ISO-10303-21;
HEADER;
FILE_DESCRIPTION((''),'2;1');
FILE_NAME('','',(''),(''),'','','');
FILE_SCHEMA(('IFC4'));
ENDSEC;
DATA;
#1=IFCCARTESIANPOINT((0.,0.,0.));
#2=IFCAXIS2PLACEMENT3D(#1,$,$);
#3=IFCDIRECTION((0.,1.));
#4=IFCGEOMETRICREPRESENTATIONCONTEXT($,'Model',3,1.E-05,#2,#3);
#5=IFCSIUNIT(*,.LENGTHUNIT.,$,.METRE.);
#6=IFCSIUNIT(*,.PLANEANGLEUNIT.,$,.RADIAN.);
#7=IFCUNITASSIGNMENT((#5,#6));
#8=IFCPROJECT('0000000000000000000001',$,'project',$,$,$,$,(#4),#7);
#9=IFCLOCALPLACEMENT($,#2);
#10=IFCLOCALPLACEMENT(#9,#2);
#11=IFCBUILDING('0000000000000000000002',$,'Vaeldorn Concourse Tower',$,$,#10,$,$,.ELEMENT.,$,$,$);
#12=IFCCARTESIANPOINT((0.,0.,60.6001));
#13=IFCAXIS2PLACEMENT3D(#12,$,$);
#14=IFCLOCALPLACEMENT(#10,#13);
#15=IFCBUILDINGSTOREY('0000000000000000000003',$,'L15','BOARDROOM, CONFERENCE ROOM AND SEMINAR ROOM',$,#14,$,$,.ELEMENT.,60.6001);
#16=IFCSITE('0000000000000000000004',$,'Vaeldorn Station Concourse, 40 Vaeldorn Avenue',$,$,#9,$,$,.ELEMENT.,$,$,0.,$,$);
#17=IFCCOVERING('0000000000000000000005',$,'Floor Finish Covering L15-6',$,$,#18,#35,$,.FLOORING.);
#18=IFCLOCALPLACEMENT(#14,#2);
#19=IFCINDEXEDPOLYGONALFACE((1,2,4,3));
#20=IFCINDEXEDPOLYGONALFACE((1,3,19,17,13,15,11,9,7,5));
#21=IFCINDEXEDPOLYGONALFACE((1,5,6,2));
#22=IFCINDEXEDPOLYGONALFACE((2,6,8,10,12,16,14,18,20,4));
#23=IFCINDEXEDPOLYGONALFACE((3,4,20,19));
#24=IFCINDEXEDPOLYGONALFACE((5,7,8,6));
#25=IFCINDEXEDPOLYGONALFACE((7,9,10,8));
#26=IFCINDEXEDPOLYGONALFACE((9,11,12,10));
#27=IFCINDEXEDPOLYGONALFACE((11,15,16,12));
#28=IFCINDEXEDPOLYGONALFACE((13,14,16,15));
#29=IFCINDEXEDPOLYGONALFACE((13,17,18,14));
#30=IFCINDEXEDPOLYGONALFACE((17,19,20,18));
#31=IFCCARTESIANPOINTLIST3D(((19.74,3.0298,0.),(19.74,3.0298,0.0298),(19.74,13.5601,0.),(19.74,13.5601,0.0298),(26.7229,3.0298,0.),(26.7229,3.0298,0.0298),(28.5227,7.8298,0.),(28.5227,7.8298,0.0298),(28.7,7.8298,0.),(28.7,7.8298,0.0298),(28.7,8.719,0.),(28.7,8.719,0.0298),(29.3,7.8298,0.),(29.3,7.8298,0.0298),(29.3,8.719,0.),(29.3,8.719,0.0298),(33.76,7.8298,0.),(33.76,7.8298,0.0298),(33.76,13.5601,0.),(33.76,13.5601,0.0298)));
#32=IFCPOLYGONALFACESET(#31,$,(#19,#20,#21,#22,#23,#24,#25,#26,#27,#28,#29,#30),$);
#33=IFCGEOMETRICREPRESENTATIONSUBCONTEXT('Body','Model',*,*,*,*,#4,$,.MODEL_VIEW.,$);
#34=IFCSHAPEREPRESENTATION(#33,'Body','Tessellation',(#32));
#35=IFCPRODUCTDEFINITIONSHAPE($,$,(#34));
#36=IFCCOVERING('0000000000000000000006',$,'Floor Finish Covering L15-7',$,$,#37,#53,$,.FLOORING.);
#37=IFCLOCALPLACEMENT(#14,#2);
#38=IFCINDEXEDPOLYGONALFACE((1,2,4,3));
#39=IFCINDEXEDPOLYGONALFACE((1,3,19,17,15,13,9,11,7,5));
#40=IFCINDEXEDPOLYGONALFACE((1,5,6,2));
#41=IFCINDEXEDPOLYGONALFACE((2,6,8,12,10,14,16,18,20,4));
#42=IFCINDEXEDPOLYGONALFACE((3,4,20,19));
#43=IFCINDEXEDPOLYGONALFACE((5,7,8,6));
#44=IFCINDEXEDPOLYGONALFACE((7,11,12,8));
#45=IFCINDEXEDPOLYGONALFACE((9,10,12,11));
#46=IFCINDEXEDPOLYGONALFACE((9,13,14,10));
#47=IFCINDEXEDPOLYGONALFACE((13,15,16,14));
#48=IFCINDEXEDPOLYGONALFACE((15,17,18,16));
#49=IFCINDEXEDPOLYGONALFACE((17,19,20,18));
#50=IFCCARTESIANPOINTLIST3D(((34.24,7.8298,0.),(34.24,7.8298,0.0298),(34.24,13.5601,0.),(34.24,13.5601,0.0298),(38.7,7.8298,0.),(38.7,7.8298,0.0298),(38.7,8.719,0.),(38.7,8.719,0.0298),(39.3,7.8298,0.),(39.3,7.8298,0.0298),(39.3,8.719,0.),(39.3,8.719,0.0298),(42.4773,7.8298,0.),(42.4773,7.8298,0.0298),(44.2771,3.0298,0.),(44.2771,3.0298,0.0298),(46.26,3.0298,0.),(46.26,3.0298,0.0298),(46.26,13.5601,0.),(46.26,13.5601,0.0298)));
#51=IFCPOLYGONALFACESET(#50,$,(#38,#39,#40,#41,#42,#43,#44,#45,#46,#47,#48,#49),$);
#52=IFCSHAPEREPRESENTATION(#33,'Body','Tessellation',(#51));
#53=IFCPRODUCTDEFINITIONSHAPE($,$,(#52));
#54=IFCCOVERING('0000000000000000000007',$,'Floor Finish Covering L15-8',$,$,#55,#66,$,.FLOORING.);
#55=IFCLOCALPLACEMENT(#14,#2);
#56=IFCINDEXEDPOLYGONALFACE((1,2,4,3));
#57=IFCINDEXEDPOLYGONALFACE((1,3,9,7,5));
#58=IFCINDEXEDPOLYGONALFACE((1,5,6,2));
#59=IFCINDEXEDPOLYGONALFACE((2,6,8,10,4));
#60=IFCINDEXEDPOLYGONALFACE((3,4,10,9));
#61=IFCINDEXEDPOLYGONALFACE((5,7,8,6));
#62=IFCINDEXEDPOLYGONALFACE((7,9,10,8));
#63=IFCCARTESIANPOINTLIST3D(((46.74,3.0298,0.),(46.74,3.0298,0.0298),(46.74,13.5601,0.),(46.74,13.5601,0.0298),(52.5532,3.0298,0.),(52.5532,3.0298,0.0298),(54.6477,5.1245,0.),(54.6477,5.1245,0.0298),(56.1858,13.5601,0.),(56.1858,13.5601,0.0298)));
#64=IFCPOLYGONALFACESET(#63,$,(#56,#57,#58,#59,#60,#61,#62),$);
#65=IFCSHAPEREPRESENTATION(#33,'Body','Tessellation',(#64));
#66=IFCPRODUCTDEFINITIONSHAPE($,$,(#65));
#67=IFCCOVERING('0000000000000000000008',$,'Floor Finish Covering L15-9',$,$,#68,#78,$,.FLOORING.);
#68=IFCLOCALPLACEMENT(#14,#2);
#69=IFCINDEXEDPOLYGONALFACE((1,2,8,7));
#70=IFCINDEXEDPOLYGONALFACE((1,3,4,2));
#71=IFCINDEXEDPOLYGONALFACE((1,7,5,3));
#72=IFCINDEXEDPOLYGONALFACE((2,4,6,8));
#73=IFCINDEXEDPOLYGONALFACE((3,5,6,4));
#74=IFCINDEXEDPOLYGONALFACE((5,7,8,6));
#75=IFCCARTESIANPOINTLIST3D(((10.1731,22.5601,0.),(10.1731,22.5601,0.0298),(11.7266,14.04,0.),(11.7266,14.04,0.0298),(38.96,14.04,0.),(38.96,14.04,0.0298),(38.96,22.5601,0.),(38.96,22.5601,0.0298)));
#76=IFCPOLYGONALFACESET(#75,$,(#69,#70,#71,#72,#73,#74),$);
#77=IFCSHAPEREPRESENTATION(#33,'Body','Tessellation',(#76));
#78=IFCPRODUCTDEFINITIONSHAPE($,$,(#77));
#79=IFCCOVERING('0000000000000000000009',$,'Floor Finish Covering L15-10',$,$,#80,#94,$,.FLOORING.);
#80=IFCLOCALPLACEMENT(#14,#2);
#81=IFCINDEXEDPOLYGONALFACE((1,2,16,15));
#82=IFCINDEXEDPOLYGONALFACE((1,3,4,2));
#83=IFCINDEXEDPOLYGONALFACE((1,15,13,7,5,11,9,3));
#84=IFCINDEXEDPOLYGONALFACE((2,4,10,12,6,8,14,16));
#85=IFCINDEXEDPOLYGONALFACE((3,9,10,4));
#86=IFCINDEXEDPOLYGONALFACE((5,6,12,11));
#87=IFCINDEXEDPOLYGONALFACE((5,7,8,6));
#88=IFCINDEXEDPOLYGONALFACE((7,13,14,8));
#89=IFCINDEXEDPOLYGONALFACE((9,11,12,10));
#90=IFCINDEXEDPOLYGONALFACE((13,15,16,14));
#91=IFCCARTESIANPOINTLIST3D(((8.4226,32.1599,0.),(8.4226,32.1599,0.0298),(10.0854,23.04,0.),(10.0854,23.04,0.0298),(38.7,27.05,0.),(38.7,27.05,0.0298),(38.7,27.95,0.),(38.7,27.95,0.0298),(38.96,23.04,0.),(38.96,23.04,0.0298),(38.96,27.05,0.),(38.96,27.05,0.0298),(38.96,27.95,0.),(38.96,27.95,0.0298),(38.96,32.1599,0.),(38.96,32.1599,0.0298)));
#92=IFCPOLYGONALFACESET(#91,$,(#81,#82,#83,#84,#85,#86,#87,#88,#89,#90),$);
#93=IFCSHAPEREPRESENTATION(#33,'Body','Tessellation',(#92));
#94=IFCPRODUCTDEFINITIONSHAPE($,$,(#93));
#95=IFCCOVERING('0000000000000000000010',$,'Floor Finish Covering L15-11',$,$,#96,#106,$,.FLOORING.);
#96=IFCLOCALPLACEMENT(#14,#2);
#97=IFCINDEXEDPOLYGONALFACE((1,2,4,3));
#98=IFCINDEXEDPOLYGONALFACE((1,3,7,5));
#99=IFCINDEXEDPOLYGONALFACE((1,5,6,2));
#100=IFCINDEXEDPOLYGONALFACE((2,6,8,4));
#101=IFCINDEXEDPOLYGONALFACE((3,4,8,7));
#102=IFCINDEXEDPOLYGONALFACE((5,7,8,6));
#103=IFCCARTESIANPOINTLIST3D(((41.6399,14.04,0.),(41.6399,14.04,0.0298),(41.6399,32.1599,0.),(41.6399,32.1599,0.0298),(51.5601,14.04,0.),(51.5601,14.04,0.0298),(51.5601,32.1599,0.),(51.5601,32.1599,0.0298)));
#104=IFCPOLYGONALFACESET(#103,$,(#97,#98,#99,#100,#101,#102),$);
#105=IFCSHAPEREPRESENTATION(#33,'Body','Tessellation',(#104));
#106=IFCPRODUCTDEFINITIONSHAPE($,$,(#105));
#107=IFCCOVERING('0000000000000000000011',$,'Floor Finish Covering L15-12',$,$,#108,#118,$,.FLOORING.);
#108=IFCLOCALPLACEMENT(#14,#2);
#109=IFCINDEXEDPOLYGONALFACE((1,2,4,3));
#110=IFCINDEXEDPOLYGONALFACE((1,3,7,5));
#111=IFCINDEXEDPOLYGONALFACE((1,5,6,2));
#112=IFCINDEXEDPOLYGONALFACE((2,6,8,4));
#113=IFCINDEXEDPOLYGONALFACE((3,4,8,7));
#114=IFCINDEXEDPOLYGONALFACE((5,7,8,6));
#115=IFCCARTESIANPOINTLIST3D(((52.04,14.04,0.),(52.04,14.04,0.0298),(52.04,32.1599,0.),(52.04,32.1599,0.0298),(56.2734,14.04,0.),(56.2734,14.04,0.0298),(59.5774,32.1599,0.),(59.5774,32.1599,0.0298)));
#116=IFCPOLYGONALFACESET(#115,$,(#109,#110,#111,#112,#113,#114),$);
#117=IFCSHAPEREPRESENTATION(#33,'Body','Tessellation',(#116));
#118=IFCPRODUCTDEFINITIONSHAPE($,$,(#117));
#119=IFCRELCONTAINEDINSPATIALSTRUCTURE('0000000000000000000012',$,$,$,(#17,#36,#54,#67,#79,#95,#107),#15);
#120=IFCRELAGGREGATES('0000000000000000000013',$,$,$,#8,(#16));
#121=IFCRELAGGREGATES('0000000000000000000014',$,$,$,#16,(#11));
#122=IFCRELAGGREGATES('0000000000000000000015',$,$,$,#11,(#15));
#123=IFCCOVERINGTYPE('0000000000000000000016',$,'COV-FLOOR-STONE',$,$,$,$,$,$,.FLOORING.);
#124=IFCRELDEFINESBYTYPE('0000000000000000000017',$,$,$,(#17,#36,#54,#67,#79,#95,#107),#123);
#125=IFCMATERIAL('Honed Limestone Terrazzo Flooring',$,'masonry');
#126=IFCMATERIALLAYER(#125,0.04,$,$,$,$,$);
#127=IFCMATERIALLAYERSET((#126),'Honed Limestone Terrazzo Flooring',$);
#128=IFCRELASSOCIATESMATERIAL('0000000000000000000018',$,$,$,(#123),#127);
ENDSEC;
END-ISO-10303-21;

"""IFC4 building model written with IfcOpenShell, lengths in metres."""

from ifc_helpers import new_model, si_unit, direction, frame, origin, place, context, subcontext, project, spatial, polyline, outline, extrude, material, layer, layer_set, type_object, element, save


model = new_model("IFC4")

# Units and contexts
model_context = context("Model", 3, precision=1e-05, world=origin(), true_north=direction((0.0, 1.0)))
body_context = subcontext(model_context, "Body", "Model", "MODEL_VIEW")
ifc_project = project(units=[si_unit("LENGTHUNIT", "METRE"), si_unit("PLANEANGLEUNIT", "RADIAN")], contexts=[model_context])

# Site, building, storey
site_placement = place(None, origin())
site = spatial("IfcSite", under=ifc_project, at=site_placement, Name="Vaeldorn Station Concourse, 40 Vaeldorn Avenue", CompositionType="ELEMENT", RefElevation=0.0)
building_placement = place(site_placement, origin())
building = spatial("IfcBuilding", under=site, at=building_placement, Name="Vaeldorn Concourse Tower", CompositionType="ELEMENT")
storey_placement = place(building_placement, frame((0.0, 0.0, 60.6001)))
storey = spatial("IfcBuildingStorey", under=building, at=storey_placement, Name="L15", Description="BOARDROOM, CONFERENCE ROOM AND SEMINAR ROOM", CompositionType="ELEMENT", Elevation=60.6001)

# Coverings
ifc_material_1 = material(Name="Honed Limestone Terrazzo Flooring", Category="masonry")
ifc_layer_1 = layer(ifc_material_1, 0.04)
ifc_layer_set_1 = layer_set([ifc_layer_1], Name="Honed Limestone Terrazzo Flooring")
covering_type_1 = type_object("IfcCoveringType", Name="COV-FLOOR-STONE", PredefinedType="FLOORING", material=ifc_layer_set_1)
covering_1_placement = place(storey_placement, origin())
element("IfcCovering", 1, at=covering_1_placement, inside=storey, type_object=covering_type_1, Name="Floor Finish Covering L15-6", PredefinedType="FLOORING", context=body_context, shape_type="SweptSolid", body=[
    extrude(outline(polyline([(26.7229, 3.0298), (19.74, 3.0298), (19.74, 13.5601), (33.76, 13.5601), (33.76, 7.8298), (29.3, 7.8298), (29.3, 8.719), (28.7, 8.719), (28.7, 7.8298), (28.5227, 7.8298), (26.7229, 3.0298)])), origin(), (0.0, 0.0, 1.0), 0.0298),
])
covering_2_placement = place(storey_placement, origin())
element("IfcCovering", 2, at=covering_2_placement, inside=storey, type_object=covering_type_1, Name="Floor Finish Covering L15-7", PredefinedType="FLOORING", context=body_context, shape_type="SweptSolid", body=[
    extrude(outline(polyline([(34.24, 13.5601), (46.26, 13.5601), (46.26, 3.0298), (44.2771, 3.0298), (42.4773, 7.8298), (39.3, 7.8298), (39.3, 8.719), (38.7, 8.719), (38.7, 7.8298), (34.24, 7.8298), (34.24, 13.5601)])), origin(), (0.0, 0.0, 1.0), 0.0298),
])
covering_3_placement = place(storey_placement, origin())
element("IfcCovering", 3, at=covering_3_placement, inside=storey, type_object=covering_type_1, Name="Floor Finish Covering L15-8", PredefinedType="FLOORING", context=body_context, shape_type="SweptSolid", body=[
    extrude(outline(polyline([(52.5532, 3.0298), (46.74, 3.0298), (46.74, 13.5601), (56.1858, 13.5601), (54.6477, 5.1245), (52.5532, 3.0298)])), origin(), (0.0, 0.0, 1.0), 0.0298),
])
covering_4_placement = place(storey_placement, origin())
element("IfcCovering", 4, at=covering_4_placement, inside=storey, type_object=covering_type_1, Name="Floor Finish Covering L15-9", PredefinedType="FLOORING", context=body_context, shape_type="SweptSolid", body=[
    extrude(outline(polyline([(38.96, 22.5601), (38.96, 14.04), (11.7266, 14.04), (10.1731, 22.5601), (38.96, 22.5601)])), origin(), (0.0, 0.0, 1.0), 0.0298),
])
covering_5_placement = place(storey_placement, origin())
element("IfcCovering", 5, at=covering_5_placement, inside=storey, type_object=covering_type_1, Name="Floor Finish Covering L15-10", PredefinedType="FLOORING", context=body_context, shape_type="SweptSolid", body=[
    extrude(outline(polyline([(38.96, 32.1599), (38.96, 27.95), (38.7, 27.95), (38.7, 27.05), (38.96, 27.05), (38.96, 23.04), (10.0854, 23.04), (8.4226, 32.1599), (38.96, 32.1599)])), origin(), (0.0, 0.0, 1.0), 0.0298),
])
covering_6_placement = place(storey_placement, origin())
element("IfcCovering", 6, at=covering_6_placement, inside=storey, type_object=covering_type_1, Name="Floor Finish Covering L15-11", PredefinedType="FLOORING", context=body_context, shape_type="SweptSolid", body=[
    extrude(outline(polyline([(41.6399, 32.1599), (51.5601, 32.1599), (51.5601, 14.04), (41.6399, 14.04), (41.6399, 32.1599)])), origin(), (0.0, 0.0, 1.0), 0.0298),
])
covering_7_placement = place(storey_placement, origin())
element("IfcCovering", 7, at=covering_7_placement, inside=storey, type_object=covering_type_1, Name="Floor Finish Covering L15-12", PredefinedType="FLOORING", context=body_context, shape_type="SweptSolid", body=[
    extrude(outline(polyline([(52.04, 14.04), (52.04, 32.1599), (59.5774, 32.1599), (56.2734, 14.04), (52.04, 14.04)])), origin(), (0.0, 0.0, 1.0), 0.0298),
])

save(model, "model.ifc")
